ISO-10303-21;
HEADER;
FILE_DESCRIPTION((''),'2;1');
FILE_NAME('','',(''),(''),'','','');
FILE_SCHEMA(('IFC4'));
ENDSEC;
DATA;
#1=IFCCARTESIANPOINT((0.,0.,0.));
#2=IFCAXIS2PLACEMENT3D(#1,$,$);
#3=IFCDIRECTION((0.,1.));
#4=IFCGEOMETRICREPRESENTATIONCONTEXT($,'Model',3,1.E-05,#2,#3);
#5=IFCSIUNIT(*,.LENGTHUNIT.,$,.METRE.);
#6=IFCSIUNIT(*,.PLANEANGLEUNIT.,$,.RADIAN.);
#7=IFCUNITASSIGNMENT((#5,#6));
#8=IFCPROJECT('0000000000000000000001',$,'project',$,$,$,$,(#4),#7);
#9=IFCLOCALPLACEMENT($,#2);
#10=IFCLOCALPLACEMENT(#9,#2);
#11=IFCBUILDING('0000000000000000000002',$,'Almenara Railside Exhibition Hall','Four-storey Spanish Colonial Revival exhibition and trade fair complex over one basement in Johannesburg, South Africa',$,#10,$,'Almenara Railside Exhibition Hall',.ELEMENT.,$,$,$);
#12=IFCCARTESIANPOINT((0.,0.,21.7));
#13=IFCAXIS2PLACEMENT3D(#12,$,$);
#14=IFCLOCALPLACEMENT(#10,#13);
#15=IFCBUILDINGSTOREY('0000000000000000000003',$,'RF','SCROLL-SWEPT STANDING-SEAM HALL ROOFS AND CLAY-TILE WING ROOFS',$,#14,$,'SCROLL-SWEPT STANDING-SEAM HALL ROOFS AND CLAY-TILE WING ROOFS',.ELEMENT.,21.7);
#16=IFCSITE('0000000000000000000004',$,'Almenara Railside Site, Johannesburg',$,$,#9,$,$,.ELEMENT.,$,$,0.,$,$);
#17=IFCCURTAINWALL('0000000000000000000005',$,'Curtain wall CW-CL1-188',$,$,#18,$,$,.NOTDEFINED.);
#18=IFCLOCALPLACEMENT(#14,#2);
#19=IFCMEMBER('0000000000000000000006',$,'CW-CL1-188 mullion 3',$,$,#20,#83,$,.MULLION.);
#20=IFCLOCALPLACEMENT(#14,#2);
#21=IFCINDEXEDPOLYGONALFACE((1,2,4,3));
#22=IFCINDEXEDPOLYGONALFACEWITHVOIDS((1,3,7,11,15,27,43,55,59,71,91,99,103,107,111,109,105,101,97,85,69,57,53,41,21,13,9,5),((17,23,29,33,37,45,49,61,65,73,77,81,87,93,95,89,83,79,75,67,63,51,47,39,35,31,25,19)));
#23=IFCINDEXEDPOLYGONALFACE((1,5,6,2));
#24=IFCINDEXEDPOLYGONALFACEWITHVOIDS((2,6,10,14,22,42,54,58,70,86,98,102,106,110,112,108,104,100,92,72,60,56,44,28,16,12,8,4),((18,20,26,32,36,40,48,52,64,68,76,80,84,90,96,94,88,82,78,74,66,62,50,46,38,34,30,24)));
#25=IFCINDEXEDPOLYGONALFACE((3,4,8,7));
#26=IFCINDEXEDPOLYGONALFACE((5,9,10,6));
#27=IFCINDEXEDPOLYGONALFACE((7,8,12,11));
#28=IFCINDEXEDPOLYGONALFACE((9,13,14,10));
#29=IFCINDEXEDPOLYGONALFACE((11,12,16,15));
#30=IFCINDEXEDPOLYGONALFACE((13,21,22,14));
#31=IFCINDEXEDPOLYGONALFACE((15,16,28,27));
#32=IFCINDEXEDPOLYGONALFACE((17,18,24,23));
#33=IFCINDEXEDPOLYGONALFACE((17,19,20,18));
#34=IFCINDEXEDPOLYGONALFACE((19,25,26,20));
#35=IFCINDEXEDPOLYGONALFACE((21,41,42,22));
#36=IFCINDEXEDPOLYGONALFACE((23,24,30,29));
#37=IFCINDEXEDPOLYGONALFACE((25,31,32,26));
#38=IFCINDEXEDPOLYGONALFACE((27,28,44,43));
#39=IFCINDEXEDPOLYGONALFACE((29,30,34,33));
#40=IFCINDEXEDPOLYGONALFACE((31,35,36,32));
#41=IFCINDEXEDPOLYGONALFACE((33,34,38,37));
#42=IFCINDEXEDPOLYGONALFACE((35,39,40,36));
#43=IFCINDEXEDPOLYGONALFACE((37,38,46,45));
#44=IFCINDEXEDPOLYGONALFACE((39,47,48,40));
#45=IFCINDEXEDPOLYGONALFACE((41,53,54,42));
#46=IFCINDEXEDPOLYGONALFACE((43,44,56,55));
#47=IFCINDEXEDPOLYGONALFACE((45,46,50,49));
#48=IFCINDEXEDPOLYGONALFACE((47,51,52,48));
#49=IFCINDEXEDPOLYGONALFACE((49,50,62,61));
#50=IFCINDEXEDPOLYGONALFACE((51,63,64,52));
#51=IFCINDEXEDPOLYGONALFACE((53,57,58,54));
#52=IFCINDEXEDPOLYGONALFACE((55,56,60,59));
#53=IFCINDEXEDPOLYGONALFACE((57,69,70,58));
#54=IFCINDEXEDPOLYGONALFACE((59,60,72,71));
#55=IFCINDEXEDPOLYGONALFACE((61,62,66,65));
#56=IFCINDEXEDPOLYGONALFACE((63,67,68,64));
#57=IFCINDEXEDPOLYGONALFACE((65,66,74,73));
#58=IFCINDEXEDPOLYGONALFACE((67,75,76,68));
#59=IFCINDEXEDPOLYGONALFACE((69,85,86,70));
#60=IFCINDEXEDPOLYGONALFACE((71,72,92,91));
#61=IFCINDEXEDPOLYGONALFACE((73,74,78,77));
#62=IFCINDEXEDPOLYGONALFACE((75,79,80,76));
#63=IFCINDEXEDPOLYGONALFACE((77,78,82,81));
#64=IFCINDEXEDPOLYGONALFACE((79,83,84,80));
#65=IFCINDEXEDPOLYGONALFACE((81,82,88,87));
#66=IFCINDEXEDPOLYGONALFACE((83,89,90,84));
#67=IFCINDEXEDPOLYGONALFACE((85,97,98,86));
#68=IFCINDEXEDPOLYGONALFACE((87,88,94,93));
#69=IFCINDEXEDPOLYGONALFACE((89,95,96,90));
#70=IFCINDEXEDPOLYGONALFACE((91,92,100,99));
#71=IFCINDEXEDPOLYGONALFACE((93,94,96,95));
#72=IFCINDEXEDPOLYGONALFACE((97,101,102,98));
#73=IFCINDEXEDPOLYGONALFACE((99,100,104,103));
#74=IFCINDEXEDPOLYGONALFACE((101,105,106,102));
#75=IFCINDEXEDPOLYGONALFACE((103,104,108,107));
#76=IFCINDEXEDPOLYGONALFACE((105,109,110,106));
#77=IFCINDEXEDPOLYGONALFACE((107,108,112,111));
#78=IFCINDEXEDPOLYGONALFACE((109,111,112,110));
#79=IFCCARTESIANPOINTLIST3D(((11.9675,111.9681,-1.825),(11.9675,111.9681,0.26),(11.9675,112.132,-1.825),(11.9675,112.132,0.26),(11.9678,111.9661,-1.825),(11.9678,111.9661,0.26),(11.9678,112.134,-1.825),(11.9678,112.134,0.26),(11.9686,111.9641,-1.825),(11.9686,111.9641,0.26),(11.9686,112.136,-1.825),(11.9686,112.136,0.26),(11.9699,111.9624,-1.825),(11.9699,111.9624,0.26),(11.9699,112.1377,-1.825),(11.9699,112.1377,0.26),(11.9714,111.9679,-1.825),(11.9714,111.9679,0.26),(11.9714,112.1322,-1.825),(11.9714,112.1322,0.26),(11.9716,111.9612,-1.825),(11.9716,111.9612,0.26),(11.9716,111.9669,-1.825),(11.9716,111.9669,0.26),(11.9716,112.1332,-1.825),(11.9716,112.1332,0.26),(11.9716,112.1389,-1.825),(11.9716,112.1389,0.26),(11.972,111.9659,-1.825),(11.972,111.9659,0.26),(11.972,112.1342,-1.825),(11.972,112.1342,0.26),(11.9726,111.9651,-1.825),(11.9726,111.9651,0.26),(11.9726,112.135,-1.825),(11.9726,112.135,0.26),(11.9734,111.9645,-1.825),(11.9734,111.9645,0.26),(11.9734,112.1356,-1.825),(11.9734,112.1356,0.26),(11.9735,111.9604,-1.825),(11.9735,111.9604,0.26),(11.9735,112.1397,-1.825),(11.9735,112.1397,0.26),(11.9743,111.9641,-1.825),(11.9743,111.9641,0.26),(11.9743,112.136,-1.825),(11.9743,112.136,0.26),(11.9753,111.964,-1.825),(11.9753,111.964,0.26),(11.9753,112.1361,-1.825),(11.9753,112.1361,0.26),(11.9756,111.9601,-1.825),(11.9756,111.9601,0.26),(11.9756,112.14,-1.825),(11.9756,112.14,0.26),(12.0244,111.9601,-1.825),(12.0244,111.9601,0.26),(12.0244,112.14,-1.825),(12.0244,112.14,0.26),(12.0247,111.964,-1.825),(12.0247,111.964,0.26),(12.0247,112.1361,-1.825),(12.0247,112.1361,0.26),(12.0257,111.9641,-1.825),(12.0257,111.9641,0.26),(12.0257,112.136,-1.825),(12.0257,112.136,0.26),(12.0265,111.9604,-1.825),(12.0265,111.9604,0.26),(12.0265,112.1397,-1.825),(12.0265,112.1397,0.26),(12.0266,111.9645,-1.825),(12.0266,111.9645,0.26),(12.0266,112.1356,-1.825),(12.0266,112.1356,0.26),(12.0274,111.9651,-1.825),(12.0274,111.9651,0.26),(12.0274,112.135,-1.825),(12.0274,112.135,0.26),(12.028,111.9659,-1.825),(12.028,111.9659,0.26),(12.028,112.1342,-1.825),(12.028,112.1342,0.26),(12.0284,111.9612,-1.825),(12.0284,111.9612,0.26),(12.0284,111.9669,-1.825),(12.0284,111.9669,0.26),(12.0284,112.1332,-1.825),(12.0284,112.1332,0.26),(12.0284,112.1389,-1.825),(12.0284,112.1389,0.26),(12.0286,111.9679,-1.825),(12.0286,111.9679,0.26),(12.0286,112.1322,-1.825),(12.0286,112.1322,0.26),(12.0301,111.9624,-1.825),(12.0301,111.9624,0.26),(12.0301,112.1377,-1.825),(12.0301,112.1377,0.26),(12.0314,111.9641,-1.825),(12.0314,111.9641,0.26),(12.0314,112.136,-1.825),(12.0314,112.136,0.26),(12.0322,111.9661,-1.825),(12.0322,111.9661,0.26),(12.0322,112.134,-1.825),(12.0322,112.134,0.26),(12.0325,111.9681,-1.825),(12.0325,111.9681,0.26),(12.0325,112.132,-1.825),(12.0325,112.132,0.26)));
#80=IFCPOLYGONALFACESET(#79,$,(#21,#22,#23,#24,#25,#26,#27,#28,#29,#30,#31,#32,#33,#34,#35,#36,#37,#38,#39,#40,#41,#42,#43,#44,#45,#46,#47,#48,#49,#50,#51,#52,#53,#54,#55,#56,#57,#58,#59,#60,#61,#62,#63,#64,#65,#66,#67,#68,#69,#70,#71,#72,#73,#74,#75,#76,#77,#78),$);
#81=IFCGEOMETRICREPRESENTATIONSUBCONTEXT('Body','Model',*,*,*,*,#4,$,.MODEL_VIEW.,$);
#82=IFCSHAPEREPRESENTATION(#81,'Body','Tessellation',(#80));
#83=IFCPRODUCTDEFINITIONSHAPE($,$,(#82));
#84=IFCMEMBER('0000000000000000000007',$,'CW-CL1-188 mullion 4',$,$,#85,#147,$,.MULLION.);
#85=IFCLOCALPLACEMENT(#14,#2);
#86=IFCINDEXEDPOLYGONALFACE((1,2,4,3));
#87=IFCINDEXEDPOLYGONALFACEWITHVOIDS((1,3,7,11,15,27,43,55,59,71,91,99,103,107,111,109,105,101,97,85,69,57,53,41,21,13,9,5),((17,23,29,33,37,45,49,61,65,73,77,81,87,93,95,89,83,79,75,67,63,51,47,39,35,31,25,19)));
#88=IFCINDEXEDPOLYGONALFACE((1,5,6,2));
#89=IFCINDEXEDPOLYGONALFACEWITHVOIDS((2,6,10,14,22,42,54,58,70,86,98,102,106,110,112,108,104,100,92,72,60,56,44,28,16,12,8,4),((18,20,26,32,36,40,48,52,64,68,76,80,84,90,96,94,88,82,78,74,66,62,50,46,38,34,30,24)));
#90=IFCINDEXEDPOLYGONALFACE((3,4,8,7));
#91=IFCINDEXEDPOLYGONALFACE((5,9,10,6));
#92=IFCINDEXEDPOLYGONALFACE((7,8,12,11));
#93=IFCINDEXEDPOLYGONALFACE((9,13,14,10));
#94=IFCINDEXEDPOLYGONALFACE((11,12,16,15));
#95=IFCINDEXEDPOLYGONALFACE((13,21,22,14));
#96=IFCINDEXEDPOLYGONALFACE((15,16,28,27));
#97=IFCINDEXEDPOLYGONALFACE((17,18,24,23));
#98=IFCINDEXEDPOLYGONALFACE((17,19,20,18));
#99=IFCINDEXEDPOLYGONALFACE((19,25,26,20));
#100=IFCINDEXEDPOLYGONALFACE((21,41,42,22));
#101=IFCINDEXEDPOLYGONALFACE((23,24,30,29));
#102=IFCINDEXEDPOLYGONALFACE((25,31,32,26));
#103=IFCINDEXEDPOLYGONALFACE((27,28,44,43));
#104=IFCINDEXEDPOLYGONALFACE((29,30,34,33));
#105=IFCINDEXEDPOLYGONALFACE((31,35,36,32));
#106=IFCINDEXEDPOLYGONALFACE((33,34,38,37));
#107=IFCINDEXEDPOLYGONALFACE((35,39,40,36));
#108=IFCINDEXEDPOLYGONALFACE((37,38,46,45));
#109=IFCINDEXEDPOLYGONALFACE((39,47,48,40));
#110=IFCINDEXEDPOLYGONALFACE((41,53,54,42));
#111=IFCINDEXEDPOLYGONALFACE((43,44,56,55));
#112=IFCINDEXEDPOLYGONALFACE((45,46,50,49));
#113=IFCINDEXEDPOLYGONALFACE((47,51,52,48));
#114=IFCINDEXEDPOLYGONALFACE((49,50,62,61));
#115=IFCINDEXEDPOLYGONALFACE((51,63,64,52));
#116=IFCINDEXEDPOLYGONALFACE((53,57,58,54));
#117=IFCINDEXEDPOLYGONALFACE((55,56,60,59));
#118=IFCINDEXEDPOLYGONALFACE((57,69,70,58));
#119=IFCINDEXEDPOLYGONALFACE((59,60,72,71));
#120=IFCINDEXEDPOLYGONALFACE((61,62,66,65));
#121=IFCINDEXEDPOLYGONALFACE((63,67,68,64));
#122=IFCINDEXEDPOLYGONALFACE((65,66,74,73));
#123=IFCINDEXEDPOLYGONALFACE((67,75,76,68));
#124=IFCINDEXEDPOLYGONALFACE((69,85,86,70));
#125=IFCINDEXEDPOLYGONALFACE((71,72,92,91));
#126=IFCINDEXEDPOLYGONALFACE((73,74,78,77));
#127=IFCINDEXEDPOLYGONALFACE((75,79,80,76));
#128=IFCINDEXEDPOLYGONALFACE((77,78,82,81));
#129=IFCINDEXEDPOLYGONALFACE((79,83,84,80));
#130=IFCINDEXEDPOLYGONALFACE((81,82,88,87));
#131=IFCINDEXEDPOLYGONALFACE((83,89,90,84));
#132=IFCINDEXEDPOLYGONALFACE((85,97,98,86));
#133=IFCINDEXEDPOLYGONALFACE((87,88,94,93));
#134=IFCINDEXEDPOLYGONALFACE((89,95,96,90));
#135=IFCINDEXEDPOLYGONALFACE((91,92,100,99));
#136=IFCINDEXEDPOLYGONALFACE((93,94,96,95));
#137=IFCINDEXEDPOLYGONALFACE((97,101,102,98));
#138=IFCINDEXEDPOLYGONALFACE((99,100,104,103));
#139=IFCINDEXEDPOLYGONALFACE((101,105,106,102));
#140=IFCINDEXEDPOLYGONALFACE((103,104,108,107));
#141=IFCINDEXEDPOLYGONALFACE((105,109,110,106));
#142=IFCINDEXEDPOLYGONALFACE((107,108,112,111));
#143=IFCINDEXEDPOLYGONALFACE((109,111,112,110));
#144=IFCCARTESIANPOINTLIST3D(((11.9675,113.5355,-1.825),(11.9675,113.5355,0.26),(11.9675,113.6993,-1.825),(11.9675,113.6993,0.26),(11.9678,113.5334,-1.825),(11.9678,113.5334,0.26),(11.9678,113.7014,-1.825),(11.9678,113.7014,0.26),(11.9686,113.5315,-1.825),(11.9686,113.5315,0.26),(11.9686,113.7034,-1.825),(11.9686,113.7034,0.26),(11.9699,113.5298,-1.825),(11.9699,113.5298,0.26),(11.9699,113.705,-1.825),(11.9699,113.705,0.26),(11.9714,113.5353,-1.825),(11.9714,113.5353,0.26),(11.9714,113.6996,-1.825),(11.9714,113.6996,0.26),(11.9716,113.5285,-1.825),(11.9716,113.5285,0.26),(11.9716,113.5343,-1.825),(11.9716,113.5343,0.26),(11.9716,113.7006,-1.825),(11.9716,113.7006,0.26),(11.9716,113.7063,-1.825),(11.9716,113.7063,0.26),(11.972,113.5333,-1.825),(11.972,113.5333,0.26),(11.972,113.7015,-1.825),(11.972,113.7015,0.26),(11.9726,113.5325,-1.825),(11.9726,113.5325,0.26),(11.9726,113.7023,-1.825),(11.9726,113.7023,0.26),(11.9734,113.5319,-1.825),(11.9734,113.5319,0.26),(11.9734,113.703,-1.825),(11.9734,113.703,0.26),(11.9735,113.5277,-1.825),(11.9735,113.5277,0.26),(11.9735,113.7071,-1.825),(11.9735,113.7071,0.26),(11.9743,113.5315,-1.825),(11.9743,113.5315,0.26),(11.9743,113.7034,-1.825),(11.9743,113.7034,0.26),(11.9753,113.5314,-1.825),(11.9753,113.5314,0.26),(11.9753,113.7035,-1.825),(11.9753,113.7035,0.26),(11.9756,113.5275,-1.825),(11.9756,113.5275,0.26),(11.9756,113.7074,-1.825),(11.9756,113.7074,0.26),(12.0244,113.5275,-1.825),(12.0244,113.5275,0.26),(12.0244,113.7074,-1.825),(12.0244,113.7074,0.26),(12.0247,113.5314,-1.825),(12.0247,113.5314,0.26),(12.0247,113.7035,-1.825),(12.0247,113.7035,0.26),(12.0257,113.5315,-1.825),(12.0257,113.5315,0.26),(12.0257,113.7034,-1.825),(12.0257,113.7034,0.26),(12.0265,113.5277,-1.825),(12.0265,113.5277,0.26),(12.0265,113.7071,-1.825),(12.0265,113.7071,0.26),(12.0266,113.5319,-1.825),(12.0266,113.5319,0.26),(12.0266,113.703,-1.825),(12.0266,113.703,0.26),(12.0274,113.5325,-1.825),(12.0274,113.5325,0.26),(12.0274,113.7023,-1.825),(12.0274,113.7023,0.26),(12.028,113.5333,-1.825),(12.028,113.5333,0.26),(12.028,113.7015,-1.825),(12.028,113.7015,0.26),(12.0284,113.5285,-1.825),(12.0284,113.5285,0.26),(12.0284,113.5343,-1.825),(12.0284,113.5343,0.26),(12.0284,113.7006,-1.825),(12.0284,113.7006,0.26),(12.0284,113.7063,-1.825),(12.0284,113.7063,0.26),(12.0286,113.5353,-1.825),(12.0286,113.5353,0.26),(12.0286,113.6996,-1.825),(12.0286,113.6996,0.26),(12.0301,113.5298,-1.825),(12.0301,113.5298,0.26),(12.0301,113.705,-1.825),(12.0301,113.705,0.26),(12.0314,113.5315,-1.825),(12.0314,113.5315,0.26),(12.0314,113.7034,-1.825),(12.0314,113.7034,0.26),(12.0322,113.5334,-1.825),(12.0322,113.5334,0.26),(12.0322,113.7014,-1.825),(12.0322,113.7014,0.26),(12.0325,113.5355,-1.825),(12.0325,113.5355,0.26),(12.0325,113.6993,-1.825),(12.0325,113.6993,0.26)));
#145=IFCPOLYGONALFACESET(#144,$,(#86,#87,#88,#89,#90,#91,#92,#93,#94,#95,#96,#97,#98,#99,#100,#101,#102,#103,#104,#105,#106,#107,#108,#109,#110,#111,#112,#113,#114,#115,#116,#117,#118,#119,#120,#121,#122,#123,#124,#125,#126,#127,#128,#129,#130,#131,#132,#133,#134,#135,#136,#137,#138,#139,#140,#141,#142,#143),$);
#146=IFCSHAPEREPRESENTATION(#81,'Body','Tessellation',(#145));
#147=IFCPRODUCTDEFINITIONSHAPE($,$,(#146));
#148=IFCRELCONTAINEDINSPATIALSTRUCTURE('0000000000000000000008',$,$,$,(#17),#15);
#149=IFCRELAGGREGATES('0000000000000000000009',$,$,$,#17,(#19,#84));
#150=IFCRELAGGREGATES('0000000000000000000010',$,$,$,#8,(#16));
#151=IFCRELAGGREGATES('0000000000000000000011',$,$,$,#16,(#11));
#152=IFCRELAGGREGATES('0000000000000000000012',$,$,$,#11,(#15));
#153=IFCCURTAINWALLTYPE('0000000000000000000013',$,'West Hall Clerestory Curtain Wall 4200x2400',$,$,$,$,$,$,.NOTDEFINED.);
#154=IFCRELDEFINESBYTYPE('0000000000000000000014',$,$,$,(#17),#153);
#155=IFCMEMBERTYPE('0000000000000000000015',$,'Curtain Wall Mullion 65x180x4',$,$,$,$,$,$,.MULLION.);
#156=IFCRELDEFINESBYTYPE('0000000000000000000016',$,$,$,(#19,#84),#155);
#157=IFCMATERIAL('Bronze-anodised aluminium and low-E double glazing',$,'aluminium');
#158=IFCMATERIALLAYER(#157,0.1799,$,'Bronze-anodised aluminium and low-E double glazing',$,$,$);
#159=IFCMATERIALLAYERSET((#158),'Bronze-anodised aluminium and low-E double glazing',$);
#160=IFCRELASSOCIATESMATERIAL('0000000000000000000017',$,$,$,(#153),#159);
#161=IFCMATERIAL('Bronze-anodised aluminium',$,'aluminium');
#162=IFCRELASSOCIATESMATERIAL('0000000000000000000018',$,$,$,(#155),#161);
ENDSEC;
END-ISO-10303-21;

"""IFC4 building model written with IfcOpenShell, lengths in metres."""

from ifc_helpers import new_model, si_unit, direction, frame, origin, origin_2d, place, context, subcontext, project, spatial, hollow_rectangle, extrude, material, layer, layer_set, material_profile, profile_set, type_object, element, aggregate, save


model = new_model("IFC4")

# Units and contexts
model_context = context("Model", 3, precision=1e-05, world=origin(), true_north=direction((0.0, 1.0)))
body_context = subcontext(model_context, "Body", "Model", "MODEL_VIEW")
ifc_project = project(units=[si_unit("LENGTHUNIT", "METRE"), si_unit("PLANEANGLEUNIT", "RADIAN")], contexts=[model_context])

# Site, building, storey
site_placement = place(None, origin())
site = spatial("IfcSite", under=ifc_project, at=site_placement, Name="Almenara Railside Site, Johannesburg", CompositionType="ELEMENT", RefElevation=0.0)
building_placement = place(site_placement, origin())
building = spatial("IfcBuilding", under=site, at=building_placement, Name="Almenara Railside Exhibition Hall", Description="Four-storey Spanish Colonial Revival exhibition and trade fair complex over one basement in Johannesburg, South Africa", LongName="Almenara Railside Exhibition Hall", CompositionType="ELEMENT")
storey_placement = place(building_placement, frame((0.0, 0.0, 21.7)))
storey = spatial("IfcBuildingStorey", under=building, at=storey_placement, Name="RF", Description="SCROLL-SWEPT STANDING-SEAM HALL ROOFS AND CLAY-TILE WING ROOFS", LongName="SCROLL-SWEPT STANDING-SEAM HALL ROOFS AND CLAY-TILE WING ROOFS", CompositionType="ELEMENT", Elevation=21.7)

# Curtain wall, members
ifc_material_1 = material(Name="Bronze-anodised aluminium and low-E double glazing", Category="aluminium")
ifc_layer_1 = layer(ifc_material_1, 0.1799, Name="Bronze-anodised aluminium and low-E double glazing")
ifc_layer_set_1 = layer_set([ifc_layer_1], Name="Bronze-anodised aluminium and low-E double glazing")
curtain_wall_type = type_object("IfcCurtainWallType", Name="West Hall Clerestory Curtain Wall 4200x2400", PredefinedType="NOTDEFINED", material=ifc_layer_set_1)
ifc_material_2 = material(Name="Bronze-anodised aluminium", Category="aluminium")
curtain_wall_1_placement = place(storey_placement, origin())
curtain_wall_1 = element("IfcCurtainWall", 1, at=curtain_wall_1_placement, inside=storey, type_object=curtain_wall_type, Name="Curtain wall CW-CL1-188", PredefinedType="NOTDEFINED")
ifc_material_profile_1 = material_profile(ifc_material_2, hollow_rectangle(XDim=0.0649, YDim=0.1799, WallThickness=0.0039, InnerFilletRadius=0.0039, OuterFilletRadius=0.0081, at=origin_2d()), Name="ALU-MUL 65x180x4")
ifc_profile_set_1 = profile_set([ifc_material_profile_1], Name="Bronze-anodised aluminium")
member_type_1 = type_object("IfcMemberType", Name="Curtain Wall Mullion 65x180x4", PredefinedType="MULLION", material=ifc_profile_set_1)
member_1_placement = place(storey_placement, frame((12.0, 112.05, -1.825), z_axis=(0.0, 0.0, 1.0), x_axis=(-1.0, 0.0, 0.0)))
member_1 = element("IfcMember", 2, at=member_1_placement, type_object=member_type_1, Name="CW-CL1-188 mullion 3", PredefinedType="MULLION", context=body_context, shape_type="SweptSolid", body=[
    extrude(hollow_rectangle(XDim=0.0649, YDim=0.1799, WallThickness=0.0039, InnerFilletRadius=0.0039, OuterFilletRadius=0.0081, at=origin_2d()), origin(), (0.0, 0.0, 1.0), 2.085),
])
member_2_placement = place(storey_placement, frame((12.0, 113.6174, -1.825), z_axis=(0.0, 0.0, 1.0), x_axis=(-1.0, 0.0, 0.0)))
member_2 = element("IfcMember", 3, at=member_2_placement, type_object=member_type_1, Name="CW-CL1-188 mullion 4", PredefinedType="MULLION", context=body_context, shape_type="SweptSolid", body=[
    extrude(hollow_rectangle(XDim=0.0649, YDim=0.1799, WallThickness=0.0039, InnerFilletRadius=0.0039, OuterFilletRadius=0.0081, at=origin_2d()), origin(), (0.0, 0.0, 1.0), 2.085),
])

aggregate(curtain_wall_1, [member_1, member_2])

save(model, "model.ifc")
